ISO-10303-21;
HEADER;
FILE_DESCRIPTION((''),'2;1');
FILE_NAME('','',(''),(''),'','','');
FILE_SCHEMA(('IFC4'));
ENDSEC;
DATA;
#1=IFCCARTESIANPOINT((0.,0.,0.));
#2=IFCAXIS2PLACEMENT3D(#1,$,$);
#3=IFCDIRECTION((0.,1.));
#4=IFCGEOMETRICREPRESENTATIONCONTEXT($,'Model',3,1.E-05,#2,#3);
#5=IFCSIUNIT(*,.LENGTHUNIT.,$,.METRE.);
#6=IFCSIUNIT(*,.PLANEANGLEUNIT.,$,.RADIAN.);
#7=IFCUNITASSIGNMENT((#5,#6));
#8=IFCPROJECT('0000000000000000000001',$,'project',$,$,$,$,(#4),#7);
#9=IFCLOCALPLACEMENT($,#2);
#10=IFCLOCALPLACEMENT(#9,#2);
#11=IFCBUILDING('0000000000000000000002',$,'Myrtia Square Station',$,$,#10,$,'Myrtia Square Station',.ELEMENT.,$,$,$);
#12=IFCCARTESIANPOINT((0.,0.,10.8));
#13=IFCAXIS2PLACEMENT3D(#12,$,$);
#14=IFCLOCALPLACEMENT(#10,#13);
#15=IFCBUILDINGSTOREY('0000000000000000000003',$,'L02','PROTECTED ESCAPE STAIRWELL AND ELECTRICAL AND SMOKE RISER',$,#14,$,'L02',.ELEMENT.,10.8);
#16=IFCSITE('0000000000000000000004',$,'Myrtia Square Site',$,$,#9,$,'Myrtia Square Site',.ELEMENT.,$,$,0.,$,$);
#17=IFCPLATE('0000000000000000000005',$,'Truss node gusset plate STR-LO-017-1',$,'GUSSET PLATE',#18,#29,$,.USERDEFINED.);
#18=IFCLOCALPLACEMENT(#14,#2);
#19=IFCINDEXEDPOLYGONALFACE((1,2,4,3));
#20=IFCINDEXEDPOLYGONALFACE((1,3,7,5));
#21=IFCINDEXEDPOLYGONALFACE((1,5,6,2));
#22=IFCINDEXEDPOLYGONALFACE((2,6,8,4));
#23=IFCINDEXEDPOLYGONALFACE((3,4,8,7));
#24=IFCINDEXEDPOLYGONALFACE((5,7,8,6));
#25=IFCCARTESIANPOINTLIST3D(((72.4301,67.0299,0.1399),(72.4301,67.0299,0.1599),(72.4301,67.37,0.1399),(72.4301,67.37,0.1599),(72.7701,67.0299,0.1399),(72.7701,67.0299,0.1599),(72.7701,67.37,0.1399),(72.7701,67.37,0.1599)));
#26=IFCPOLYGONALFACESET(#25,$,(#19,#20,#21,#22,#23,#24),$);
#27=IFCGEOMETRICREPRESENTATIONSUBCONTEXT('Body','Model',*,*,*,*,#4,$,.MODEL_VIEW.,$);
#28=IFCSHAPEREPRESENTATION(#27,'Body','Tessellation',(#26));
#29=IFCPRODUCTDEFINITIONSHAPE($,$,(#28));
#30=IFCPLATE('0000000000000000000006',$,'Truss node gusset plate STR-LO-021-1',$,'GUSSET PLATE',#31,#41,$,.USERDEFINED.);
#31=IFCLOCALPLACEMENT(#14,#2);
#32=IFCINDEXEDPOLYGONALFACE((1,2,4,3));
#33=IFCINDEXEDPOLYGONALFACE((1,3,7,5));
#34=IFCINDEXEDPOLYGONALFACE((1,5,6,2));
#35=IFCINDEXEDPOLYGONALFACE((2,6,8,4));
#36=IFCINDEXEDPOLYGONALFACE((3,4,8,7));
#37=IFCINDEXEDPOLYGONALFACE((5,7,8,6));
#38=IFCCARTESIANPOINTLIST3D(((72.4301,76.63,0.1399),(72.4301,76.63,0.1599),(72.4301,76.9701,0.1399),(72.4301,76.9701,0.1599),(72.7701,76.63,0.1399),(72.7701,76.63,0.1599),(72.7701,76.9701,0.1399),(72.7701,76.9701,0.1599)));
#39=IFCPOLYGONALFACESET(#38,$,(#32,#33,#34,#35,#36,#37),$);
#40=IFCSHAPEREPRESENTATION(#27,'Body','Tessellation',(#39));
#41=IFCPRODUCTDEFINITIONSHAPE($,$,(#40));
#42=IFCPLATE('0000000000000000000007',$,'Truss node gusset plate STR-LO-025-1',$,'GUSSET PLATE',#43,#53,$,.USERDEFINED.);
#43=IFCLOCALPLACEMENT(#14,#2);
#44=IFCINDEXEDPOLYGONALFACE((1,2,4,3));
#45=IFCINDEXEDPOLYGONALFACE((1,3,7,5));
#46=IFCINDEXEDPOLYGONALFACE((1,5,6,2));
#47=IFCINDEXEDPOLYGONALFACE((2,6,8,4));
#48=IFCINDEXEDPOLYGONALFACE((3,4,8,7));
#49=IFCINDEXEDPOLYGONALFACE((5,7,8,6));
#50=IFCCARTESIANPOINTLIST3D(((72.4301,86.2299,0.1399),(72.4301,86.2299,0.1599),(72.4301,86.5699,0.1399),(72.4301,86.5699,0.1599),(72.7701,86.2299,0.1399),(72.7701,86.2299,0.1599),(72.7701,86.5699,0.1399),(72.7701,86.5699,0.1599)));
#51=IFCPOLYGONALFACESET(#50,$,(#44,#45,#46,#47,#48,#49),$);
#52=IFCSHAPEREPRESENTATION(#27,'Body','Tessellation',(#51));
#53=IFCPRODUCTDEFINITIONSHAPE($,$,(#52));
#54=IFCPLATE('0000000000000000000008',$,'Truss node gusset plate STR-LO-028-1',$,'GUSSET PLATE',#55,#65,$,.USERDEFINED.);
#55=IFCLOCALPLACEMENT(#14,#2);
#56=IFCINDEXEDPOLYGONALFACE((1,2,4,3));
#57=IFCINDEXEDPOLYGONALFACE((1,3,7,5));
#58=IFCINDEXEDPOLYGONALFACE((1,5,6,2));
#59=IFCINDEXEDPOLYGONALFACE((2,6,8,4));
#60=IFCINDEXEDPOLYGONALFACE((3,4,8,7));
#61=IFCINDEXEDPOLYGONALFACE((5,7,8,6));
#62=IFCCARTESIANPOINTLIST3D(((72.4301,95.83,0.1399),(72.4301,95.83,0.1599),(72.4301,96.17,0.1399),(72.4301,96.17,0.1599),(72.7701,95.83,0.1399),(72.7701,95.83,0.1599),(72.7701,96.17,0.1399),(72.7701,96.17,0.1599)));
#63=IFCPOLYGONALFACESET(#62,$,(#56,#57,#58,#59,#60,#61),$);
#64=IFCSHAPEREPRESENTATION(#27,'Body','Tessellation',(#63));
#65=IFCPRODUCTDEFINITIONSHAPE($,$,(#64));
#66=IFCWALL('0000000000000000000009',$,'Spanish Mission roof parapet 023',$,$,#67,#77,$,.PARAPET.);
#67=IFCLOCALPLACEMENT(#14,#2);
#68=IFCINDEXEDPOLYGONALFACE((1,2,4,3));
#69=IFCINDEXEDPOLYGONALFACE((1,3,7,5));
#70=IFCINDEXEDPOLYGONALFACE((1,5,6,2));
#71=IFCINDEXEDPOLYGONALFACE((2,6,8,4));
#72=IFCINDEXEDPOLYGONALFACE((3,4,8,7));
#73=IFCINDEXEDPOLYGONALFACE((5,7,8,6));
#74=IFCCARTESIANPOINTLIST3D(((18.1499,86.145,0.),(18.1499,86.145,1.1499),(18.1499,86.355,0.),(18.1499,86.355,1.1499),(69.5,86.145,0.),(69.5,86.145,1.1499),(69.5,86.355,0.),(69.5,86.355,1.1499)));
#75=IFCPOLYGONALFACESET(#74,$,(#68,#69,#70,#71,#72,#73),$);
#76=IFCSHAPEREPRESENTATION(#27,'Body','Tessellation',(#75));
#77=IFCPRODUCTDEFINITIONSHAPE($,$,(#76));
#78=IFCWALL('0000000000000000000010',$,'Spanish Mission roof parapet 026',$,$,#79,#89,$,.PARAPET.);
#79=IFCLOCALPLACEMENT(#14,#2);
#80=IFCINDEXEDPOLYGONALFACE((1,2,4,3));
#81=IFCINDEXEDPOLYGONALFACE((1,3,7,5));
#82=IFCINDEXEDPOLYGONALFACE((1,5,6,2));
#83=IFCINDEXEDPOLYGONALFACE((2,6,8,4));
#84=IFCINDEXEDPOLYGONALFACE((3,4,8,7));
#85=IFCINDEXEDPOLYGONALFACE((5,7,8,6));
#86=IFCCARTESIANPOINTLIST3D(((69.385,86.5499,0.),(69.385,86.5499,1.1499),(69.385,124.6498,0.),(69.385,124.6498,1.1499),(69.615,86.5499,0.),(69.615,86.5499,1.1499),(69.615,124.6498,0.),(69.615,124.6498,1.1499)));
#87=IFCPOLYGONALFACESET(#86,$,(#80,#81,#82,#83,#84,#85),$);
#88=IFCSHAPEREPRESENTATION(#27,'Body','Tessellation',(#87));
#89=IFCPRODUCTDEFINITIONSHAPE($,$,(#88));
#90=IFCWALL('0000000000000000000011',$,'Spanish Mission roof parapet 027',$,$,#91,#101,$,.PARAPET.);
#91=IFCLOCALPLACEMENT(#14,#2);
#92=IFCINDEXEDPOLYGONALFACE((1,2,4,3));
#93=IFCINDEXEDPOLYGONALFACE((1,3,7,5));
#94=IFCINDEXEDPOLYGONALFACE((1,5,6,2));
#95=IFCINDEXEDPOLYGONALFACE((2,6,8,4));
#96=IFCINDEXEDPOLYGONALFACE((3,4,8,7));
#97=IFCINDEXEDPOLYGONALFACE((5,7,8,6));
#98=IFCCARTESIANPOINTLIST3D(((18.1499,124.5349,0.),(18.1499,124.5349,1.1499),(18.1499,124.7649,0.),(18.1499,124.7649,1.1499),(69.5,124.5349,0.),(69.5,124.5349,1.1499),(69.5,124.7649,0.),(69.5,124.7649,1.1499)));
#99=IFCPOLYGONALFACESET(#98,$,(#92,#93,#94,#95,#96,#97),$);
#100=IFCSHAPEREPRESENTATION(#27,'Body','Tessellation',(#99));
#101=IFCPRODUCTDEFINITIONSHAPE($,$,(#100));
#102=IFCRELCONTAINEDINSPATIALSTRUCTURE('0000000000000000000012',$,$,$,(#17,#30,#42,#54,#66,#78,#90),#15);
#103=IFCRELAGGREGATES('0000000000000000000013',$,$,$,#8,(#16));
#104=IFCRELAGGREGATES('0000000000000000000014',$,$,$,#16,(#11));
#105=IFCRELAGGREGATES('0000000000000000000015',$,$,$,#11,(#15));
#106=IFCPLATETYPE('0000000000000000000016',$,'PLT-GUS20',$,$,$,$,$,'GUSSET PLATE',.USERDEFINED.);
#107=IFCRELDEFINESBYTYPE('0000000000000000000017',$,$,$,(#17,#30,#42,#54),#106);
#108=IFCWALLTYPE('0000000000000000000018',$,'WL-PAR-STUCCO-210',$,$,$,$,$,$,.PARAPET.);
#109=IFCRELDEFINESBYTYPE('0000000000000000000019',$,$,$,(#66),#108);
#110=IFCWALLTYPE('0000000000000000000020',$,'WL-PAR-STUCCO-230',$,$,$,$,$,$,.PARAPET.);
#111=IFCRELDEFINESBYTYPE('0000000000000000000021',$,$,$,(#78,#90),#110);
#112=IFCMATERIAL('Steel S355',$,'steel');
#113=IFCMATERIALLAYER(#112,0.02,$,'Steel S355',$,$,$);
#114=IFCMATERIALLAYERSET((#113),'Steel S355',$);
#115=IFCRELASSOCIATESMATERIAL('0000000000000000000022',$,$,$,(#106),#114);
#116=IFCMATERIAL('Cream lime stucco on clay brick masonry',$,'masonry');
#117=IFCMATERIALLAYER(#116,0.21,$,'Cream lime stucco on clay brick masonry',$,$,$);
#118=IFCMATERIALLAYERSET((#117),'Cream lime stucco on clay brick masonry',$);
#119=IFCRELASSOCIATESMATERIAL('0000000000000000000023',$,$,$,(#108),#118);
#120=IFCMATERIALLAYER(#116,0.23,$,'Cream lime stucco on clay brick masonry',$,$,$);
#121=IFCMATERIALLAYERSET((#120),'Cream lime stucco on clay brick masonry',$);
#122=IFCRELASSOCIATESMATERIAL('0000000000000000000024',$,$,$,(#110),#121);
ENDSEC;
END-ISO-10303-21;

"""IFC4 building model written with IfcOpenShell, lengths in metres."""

from ifc_helpers import new_model, si_unit, direction, frame, frame_2d, origin, origin_2d, place, context, subcontext, project, spatial, rectangle, extrude, material, layer, layer_set, type_object, element, save


model = new_model("IFC4")

# Units and contexts
model_context = context("Model", 3, precision=1e-05, world=origin(), true_north=direction((0.0, 1.0)))
body_context = subcontext(model_context, "Body", "Model", "MODEL_VIEW")
ifc_project = project(units=[si_unit("LENGTHUNIT", "METRE"), si_unit("PLANEANGLEUNIT", "RADIAN")], contexts=[model_context])

# Site, building, storey
site_placement = place(None, origin())
site = spatial("IfcSite", under=ifc_project, at=site_placement, Name="Myrtia Square Site", LongName="Myrtia Square Site", CompositionType="ELEMENT", RefElevation=0.0)
building_placement = place(site_placement, origin())
building = spatial("IfcBuilding", under=site, at=building_placement, Name="Myrtia Square Station", LongName="Myrtia Square Station", CompositionType="ELEMENT")
storey_placement = place(building_placement, frame((0.0, 0.0, 10.8)))
storey = spatial("IfcBuildingStorey", under=building, at=storey_placement, Name="L02", Description="PROTECTED ESCAPE STAIRWELL AND ELECTRICAL AND SMOKE RISER", LongName="L02", CompositionType="ELEMENT", Elevation=10.8)

# Shared definitions
ifc_material_1 = material(Name="Steel S355", Category="steel")

# Plates
ifc_layer_1 = layer(ifc_material_1, 0.02, Name="Steel S355")
ifc_layer_set_1 = layer_set([ifc_layer_1], Name="Steel S355")
plate_type_1 = type_object("IfcPlateType", Name="PLT-GUS20", ElementType="GUSSET PLATE", PredefinedType="USERDEFINED", material=ifc_layer_set_1)
for number, where, z_axis, x_axis, name in (
    (1, (72.6001, 67.2, 0.1399), (0.0, 0.0, 1.0), (-1.0, 0.0, 0.0), "Truss node gusset plate STR-LO-017-1"),
    (2, (72.6001, 76.8, 0.1399), (0.0, 0.0, 1.0), (-1.0, 0.0, 0.0), "Truss node gusset plate STR-LO-021-1"),
    (3, (72.6001, 86.3999, 0.1399), (0.0, 0.0, 1.0), (-1.0, 0.0, 0.0), "Truss node gusset plate STR-LO-025-1"),
    (4, (72.6001, 96.0, 0.1399), (0.0, 0.0, 1.0), (-1.0, 0.0, 0.0), "Truss node gusset plate STR-LO-028-1"),
):
    element("IfcPlate", number, at=place(storey_placement, frame(where, z_axis=z_axis, x_axis=x_axis)), inside=storey, type_object=plate_type_1, Name=name, ObjectType="GUSSET PLATE", PredefinedType="USERDEFINED", context=body_context, shape_type="SweptSolid", body=[
        extrude(rectangle(XDim=0.3401, YDim=0.3401, at=origin_2d()), origin(), (0.0, 0.0, 1.0), 0.02),
    ])

# Walls
ifc_material_2 = material(Name="Cream lime stucco on clay brick masonry", Category="masonry")
ifc_layer_2 = layer(ifc_material_2, 0.21, Name="Cream lime stucco on clay brick masonry")
ifc_layer_set_2 = layer_set([ifc_layer_2], Name="Cream lime stucco on clay brick masonry")
wall_type_1 = type_object("IfcWallType", Name="WL-PAR-STUCCO-210", PredefinedType="PARAPET", material=ifc_layer_set_2)
wall_1_placement = place(storey_placement, frame((69.5, 86.25, 0.0), z_axis=(0.0, 0.0, 1.0), x_axis=(-1.0, 0.0, 0.0)))
element("IfcWall", 5, at=wall_1_placement, inside=storey, type_object=wall_type_1, Name="Spanish Mission roof parapet 023", PredefinedType="PARAPET", context=body_context, shape_type="SweptSolid", body=[
    extrude(rectangle(XDim=51.3501, YDim=0.21, at=frame_2d((25.675, 0.0))), origin(), (0.0, 0.0, 1.0), 1.1499),
])
ifc_layer_3 = layer(ifc_material_2, 0.23, Name="Cream lime stucco on clay brick masonry")
ifc_layer_set_3 = layer_set([ifc_layer_3], Name="Cream lime stucco on clay brick masonry")
wall_type_2 = type_object("IfcWallType", Name="WL-PAR-STUCCO-230", PredefinedType="PARAPET", material=ifc_layer_set_3)
wall_2_placement = place(storey_placement, frame((69.5, 86.55, 0.0), z_axis=(0.0, 0.0, 1.0), x_axis=(0.0, 1.0, 0.0)))
element("IfcWall", 6, at=wall_2_placement, inside=storey, type_object=wall_type_2, Name="Spanish Mission roof parapet 026", PredefinedType="PARAPET", context=body_context, shape_type="SweptSolid", body=[
    extrude(rectangle(XDim=38.0999, YDim=0.23, at=frame_2d((19.0498, 0.0))), origin(), (0.0, 0.0, 1.0), 1.1499),
])
wall_3_placement = place(storey_placement, frame((69.5, 124.6499, 0.0), z_axis=(0.0, 0.0, 1.0), x_axis=(-1.0, 0.0, 0.0)))
element("IfcWall", 7, at=wall_3_placement, inside=storey, type_object=wall_type_2, Name="Spanish Mission roof parapet 027", PredefinedType="PARAPET", context=body_context, shape_type="SweptSolid", body=[
    extrude(rectangle(XDim=51.3501, YDim=0.23, at=frame_2d((25.675, 0.0))), origin(), (0.0, 0.0, 1.0), 1.1499),
])

save(model, "model.ifc")
